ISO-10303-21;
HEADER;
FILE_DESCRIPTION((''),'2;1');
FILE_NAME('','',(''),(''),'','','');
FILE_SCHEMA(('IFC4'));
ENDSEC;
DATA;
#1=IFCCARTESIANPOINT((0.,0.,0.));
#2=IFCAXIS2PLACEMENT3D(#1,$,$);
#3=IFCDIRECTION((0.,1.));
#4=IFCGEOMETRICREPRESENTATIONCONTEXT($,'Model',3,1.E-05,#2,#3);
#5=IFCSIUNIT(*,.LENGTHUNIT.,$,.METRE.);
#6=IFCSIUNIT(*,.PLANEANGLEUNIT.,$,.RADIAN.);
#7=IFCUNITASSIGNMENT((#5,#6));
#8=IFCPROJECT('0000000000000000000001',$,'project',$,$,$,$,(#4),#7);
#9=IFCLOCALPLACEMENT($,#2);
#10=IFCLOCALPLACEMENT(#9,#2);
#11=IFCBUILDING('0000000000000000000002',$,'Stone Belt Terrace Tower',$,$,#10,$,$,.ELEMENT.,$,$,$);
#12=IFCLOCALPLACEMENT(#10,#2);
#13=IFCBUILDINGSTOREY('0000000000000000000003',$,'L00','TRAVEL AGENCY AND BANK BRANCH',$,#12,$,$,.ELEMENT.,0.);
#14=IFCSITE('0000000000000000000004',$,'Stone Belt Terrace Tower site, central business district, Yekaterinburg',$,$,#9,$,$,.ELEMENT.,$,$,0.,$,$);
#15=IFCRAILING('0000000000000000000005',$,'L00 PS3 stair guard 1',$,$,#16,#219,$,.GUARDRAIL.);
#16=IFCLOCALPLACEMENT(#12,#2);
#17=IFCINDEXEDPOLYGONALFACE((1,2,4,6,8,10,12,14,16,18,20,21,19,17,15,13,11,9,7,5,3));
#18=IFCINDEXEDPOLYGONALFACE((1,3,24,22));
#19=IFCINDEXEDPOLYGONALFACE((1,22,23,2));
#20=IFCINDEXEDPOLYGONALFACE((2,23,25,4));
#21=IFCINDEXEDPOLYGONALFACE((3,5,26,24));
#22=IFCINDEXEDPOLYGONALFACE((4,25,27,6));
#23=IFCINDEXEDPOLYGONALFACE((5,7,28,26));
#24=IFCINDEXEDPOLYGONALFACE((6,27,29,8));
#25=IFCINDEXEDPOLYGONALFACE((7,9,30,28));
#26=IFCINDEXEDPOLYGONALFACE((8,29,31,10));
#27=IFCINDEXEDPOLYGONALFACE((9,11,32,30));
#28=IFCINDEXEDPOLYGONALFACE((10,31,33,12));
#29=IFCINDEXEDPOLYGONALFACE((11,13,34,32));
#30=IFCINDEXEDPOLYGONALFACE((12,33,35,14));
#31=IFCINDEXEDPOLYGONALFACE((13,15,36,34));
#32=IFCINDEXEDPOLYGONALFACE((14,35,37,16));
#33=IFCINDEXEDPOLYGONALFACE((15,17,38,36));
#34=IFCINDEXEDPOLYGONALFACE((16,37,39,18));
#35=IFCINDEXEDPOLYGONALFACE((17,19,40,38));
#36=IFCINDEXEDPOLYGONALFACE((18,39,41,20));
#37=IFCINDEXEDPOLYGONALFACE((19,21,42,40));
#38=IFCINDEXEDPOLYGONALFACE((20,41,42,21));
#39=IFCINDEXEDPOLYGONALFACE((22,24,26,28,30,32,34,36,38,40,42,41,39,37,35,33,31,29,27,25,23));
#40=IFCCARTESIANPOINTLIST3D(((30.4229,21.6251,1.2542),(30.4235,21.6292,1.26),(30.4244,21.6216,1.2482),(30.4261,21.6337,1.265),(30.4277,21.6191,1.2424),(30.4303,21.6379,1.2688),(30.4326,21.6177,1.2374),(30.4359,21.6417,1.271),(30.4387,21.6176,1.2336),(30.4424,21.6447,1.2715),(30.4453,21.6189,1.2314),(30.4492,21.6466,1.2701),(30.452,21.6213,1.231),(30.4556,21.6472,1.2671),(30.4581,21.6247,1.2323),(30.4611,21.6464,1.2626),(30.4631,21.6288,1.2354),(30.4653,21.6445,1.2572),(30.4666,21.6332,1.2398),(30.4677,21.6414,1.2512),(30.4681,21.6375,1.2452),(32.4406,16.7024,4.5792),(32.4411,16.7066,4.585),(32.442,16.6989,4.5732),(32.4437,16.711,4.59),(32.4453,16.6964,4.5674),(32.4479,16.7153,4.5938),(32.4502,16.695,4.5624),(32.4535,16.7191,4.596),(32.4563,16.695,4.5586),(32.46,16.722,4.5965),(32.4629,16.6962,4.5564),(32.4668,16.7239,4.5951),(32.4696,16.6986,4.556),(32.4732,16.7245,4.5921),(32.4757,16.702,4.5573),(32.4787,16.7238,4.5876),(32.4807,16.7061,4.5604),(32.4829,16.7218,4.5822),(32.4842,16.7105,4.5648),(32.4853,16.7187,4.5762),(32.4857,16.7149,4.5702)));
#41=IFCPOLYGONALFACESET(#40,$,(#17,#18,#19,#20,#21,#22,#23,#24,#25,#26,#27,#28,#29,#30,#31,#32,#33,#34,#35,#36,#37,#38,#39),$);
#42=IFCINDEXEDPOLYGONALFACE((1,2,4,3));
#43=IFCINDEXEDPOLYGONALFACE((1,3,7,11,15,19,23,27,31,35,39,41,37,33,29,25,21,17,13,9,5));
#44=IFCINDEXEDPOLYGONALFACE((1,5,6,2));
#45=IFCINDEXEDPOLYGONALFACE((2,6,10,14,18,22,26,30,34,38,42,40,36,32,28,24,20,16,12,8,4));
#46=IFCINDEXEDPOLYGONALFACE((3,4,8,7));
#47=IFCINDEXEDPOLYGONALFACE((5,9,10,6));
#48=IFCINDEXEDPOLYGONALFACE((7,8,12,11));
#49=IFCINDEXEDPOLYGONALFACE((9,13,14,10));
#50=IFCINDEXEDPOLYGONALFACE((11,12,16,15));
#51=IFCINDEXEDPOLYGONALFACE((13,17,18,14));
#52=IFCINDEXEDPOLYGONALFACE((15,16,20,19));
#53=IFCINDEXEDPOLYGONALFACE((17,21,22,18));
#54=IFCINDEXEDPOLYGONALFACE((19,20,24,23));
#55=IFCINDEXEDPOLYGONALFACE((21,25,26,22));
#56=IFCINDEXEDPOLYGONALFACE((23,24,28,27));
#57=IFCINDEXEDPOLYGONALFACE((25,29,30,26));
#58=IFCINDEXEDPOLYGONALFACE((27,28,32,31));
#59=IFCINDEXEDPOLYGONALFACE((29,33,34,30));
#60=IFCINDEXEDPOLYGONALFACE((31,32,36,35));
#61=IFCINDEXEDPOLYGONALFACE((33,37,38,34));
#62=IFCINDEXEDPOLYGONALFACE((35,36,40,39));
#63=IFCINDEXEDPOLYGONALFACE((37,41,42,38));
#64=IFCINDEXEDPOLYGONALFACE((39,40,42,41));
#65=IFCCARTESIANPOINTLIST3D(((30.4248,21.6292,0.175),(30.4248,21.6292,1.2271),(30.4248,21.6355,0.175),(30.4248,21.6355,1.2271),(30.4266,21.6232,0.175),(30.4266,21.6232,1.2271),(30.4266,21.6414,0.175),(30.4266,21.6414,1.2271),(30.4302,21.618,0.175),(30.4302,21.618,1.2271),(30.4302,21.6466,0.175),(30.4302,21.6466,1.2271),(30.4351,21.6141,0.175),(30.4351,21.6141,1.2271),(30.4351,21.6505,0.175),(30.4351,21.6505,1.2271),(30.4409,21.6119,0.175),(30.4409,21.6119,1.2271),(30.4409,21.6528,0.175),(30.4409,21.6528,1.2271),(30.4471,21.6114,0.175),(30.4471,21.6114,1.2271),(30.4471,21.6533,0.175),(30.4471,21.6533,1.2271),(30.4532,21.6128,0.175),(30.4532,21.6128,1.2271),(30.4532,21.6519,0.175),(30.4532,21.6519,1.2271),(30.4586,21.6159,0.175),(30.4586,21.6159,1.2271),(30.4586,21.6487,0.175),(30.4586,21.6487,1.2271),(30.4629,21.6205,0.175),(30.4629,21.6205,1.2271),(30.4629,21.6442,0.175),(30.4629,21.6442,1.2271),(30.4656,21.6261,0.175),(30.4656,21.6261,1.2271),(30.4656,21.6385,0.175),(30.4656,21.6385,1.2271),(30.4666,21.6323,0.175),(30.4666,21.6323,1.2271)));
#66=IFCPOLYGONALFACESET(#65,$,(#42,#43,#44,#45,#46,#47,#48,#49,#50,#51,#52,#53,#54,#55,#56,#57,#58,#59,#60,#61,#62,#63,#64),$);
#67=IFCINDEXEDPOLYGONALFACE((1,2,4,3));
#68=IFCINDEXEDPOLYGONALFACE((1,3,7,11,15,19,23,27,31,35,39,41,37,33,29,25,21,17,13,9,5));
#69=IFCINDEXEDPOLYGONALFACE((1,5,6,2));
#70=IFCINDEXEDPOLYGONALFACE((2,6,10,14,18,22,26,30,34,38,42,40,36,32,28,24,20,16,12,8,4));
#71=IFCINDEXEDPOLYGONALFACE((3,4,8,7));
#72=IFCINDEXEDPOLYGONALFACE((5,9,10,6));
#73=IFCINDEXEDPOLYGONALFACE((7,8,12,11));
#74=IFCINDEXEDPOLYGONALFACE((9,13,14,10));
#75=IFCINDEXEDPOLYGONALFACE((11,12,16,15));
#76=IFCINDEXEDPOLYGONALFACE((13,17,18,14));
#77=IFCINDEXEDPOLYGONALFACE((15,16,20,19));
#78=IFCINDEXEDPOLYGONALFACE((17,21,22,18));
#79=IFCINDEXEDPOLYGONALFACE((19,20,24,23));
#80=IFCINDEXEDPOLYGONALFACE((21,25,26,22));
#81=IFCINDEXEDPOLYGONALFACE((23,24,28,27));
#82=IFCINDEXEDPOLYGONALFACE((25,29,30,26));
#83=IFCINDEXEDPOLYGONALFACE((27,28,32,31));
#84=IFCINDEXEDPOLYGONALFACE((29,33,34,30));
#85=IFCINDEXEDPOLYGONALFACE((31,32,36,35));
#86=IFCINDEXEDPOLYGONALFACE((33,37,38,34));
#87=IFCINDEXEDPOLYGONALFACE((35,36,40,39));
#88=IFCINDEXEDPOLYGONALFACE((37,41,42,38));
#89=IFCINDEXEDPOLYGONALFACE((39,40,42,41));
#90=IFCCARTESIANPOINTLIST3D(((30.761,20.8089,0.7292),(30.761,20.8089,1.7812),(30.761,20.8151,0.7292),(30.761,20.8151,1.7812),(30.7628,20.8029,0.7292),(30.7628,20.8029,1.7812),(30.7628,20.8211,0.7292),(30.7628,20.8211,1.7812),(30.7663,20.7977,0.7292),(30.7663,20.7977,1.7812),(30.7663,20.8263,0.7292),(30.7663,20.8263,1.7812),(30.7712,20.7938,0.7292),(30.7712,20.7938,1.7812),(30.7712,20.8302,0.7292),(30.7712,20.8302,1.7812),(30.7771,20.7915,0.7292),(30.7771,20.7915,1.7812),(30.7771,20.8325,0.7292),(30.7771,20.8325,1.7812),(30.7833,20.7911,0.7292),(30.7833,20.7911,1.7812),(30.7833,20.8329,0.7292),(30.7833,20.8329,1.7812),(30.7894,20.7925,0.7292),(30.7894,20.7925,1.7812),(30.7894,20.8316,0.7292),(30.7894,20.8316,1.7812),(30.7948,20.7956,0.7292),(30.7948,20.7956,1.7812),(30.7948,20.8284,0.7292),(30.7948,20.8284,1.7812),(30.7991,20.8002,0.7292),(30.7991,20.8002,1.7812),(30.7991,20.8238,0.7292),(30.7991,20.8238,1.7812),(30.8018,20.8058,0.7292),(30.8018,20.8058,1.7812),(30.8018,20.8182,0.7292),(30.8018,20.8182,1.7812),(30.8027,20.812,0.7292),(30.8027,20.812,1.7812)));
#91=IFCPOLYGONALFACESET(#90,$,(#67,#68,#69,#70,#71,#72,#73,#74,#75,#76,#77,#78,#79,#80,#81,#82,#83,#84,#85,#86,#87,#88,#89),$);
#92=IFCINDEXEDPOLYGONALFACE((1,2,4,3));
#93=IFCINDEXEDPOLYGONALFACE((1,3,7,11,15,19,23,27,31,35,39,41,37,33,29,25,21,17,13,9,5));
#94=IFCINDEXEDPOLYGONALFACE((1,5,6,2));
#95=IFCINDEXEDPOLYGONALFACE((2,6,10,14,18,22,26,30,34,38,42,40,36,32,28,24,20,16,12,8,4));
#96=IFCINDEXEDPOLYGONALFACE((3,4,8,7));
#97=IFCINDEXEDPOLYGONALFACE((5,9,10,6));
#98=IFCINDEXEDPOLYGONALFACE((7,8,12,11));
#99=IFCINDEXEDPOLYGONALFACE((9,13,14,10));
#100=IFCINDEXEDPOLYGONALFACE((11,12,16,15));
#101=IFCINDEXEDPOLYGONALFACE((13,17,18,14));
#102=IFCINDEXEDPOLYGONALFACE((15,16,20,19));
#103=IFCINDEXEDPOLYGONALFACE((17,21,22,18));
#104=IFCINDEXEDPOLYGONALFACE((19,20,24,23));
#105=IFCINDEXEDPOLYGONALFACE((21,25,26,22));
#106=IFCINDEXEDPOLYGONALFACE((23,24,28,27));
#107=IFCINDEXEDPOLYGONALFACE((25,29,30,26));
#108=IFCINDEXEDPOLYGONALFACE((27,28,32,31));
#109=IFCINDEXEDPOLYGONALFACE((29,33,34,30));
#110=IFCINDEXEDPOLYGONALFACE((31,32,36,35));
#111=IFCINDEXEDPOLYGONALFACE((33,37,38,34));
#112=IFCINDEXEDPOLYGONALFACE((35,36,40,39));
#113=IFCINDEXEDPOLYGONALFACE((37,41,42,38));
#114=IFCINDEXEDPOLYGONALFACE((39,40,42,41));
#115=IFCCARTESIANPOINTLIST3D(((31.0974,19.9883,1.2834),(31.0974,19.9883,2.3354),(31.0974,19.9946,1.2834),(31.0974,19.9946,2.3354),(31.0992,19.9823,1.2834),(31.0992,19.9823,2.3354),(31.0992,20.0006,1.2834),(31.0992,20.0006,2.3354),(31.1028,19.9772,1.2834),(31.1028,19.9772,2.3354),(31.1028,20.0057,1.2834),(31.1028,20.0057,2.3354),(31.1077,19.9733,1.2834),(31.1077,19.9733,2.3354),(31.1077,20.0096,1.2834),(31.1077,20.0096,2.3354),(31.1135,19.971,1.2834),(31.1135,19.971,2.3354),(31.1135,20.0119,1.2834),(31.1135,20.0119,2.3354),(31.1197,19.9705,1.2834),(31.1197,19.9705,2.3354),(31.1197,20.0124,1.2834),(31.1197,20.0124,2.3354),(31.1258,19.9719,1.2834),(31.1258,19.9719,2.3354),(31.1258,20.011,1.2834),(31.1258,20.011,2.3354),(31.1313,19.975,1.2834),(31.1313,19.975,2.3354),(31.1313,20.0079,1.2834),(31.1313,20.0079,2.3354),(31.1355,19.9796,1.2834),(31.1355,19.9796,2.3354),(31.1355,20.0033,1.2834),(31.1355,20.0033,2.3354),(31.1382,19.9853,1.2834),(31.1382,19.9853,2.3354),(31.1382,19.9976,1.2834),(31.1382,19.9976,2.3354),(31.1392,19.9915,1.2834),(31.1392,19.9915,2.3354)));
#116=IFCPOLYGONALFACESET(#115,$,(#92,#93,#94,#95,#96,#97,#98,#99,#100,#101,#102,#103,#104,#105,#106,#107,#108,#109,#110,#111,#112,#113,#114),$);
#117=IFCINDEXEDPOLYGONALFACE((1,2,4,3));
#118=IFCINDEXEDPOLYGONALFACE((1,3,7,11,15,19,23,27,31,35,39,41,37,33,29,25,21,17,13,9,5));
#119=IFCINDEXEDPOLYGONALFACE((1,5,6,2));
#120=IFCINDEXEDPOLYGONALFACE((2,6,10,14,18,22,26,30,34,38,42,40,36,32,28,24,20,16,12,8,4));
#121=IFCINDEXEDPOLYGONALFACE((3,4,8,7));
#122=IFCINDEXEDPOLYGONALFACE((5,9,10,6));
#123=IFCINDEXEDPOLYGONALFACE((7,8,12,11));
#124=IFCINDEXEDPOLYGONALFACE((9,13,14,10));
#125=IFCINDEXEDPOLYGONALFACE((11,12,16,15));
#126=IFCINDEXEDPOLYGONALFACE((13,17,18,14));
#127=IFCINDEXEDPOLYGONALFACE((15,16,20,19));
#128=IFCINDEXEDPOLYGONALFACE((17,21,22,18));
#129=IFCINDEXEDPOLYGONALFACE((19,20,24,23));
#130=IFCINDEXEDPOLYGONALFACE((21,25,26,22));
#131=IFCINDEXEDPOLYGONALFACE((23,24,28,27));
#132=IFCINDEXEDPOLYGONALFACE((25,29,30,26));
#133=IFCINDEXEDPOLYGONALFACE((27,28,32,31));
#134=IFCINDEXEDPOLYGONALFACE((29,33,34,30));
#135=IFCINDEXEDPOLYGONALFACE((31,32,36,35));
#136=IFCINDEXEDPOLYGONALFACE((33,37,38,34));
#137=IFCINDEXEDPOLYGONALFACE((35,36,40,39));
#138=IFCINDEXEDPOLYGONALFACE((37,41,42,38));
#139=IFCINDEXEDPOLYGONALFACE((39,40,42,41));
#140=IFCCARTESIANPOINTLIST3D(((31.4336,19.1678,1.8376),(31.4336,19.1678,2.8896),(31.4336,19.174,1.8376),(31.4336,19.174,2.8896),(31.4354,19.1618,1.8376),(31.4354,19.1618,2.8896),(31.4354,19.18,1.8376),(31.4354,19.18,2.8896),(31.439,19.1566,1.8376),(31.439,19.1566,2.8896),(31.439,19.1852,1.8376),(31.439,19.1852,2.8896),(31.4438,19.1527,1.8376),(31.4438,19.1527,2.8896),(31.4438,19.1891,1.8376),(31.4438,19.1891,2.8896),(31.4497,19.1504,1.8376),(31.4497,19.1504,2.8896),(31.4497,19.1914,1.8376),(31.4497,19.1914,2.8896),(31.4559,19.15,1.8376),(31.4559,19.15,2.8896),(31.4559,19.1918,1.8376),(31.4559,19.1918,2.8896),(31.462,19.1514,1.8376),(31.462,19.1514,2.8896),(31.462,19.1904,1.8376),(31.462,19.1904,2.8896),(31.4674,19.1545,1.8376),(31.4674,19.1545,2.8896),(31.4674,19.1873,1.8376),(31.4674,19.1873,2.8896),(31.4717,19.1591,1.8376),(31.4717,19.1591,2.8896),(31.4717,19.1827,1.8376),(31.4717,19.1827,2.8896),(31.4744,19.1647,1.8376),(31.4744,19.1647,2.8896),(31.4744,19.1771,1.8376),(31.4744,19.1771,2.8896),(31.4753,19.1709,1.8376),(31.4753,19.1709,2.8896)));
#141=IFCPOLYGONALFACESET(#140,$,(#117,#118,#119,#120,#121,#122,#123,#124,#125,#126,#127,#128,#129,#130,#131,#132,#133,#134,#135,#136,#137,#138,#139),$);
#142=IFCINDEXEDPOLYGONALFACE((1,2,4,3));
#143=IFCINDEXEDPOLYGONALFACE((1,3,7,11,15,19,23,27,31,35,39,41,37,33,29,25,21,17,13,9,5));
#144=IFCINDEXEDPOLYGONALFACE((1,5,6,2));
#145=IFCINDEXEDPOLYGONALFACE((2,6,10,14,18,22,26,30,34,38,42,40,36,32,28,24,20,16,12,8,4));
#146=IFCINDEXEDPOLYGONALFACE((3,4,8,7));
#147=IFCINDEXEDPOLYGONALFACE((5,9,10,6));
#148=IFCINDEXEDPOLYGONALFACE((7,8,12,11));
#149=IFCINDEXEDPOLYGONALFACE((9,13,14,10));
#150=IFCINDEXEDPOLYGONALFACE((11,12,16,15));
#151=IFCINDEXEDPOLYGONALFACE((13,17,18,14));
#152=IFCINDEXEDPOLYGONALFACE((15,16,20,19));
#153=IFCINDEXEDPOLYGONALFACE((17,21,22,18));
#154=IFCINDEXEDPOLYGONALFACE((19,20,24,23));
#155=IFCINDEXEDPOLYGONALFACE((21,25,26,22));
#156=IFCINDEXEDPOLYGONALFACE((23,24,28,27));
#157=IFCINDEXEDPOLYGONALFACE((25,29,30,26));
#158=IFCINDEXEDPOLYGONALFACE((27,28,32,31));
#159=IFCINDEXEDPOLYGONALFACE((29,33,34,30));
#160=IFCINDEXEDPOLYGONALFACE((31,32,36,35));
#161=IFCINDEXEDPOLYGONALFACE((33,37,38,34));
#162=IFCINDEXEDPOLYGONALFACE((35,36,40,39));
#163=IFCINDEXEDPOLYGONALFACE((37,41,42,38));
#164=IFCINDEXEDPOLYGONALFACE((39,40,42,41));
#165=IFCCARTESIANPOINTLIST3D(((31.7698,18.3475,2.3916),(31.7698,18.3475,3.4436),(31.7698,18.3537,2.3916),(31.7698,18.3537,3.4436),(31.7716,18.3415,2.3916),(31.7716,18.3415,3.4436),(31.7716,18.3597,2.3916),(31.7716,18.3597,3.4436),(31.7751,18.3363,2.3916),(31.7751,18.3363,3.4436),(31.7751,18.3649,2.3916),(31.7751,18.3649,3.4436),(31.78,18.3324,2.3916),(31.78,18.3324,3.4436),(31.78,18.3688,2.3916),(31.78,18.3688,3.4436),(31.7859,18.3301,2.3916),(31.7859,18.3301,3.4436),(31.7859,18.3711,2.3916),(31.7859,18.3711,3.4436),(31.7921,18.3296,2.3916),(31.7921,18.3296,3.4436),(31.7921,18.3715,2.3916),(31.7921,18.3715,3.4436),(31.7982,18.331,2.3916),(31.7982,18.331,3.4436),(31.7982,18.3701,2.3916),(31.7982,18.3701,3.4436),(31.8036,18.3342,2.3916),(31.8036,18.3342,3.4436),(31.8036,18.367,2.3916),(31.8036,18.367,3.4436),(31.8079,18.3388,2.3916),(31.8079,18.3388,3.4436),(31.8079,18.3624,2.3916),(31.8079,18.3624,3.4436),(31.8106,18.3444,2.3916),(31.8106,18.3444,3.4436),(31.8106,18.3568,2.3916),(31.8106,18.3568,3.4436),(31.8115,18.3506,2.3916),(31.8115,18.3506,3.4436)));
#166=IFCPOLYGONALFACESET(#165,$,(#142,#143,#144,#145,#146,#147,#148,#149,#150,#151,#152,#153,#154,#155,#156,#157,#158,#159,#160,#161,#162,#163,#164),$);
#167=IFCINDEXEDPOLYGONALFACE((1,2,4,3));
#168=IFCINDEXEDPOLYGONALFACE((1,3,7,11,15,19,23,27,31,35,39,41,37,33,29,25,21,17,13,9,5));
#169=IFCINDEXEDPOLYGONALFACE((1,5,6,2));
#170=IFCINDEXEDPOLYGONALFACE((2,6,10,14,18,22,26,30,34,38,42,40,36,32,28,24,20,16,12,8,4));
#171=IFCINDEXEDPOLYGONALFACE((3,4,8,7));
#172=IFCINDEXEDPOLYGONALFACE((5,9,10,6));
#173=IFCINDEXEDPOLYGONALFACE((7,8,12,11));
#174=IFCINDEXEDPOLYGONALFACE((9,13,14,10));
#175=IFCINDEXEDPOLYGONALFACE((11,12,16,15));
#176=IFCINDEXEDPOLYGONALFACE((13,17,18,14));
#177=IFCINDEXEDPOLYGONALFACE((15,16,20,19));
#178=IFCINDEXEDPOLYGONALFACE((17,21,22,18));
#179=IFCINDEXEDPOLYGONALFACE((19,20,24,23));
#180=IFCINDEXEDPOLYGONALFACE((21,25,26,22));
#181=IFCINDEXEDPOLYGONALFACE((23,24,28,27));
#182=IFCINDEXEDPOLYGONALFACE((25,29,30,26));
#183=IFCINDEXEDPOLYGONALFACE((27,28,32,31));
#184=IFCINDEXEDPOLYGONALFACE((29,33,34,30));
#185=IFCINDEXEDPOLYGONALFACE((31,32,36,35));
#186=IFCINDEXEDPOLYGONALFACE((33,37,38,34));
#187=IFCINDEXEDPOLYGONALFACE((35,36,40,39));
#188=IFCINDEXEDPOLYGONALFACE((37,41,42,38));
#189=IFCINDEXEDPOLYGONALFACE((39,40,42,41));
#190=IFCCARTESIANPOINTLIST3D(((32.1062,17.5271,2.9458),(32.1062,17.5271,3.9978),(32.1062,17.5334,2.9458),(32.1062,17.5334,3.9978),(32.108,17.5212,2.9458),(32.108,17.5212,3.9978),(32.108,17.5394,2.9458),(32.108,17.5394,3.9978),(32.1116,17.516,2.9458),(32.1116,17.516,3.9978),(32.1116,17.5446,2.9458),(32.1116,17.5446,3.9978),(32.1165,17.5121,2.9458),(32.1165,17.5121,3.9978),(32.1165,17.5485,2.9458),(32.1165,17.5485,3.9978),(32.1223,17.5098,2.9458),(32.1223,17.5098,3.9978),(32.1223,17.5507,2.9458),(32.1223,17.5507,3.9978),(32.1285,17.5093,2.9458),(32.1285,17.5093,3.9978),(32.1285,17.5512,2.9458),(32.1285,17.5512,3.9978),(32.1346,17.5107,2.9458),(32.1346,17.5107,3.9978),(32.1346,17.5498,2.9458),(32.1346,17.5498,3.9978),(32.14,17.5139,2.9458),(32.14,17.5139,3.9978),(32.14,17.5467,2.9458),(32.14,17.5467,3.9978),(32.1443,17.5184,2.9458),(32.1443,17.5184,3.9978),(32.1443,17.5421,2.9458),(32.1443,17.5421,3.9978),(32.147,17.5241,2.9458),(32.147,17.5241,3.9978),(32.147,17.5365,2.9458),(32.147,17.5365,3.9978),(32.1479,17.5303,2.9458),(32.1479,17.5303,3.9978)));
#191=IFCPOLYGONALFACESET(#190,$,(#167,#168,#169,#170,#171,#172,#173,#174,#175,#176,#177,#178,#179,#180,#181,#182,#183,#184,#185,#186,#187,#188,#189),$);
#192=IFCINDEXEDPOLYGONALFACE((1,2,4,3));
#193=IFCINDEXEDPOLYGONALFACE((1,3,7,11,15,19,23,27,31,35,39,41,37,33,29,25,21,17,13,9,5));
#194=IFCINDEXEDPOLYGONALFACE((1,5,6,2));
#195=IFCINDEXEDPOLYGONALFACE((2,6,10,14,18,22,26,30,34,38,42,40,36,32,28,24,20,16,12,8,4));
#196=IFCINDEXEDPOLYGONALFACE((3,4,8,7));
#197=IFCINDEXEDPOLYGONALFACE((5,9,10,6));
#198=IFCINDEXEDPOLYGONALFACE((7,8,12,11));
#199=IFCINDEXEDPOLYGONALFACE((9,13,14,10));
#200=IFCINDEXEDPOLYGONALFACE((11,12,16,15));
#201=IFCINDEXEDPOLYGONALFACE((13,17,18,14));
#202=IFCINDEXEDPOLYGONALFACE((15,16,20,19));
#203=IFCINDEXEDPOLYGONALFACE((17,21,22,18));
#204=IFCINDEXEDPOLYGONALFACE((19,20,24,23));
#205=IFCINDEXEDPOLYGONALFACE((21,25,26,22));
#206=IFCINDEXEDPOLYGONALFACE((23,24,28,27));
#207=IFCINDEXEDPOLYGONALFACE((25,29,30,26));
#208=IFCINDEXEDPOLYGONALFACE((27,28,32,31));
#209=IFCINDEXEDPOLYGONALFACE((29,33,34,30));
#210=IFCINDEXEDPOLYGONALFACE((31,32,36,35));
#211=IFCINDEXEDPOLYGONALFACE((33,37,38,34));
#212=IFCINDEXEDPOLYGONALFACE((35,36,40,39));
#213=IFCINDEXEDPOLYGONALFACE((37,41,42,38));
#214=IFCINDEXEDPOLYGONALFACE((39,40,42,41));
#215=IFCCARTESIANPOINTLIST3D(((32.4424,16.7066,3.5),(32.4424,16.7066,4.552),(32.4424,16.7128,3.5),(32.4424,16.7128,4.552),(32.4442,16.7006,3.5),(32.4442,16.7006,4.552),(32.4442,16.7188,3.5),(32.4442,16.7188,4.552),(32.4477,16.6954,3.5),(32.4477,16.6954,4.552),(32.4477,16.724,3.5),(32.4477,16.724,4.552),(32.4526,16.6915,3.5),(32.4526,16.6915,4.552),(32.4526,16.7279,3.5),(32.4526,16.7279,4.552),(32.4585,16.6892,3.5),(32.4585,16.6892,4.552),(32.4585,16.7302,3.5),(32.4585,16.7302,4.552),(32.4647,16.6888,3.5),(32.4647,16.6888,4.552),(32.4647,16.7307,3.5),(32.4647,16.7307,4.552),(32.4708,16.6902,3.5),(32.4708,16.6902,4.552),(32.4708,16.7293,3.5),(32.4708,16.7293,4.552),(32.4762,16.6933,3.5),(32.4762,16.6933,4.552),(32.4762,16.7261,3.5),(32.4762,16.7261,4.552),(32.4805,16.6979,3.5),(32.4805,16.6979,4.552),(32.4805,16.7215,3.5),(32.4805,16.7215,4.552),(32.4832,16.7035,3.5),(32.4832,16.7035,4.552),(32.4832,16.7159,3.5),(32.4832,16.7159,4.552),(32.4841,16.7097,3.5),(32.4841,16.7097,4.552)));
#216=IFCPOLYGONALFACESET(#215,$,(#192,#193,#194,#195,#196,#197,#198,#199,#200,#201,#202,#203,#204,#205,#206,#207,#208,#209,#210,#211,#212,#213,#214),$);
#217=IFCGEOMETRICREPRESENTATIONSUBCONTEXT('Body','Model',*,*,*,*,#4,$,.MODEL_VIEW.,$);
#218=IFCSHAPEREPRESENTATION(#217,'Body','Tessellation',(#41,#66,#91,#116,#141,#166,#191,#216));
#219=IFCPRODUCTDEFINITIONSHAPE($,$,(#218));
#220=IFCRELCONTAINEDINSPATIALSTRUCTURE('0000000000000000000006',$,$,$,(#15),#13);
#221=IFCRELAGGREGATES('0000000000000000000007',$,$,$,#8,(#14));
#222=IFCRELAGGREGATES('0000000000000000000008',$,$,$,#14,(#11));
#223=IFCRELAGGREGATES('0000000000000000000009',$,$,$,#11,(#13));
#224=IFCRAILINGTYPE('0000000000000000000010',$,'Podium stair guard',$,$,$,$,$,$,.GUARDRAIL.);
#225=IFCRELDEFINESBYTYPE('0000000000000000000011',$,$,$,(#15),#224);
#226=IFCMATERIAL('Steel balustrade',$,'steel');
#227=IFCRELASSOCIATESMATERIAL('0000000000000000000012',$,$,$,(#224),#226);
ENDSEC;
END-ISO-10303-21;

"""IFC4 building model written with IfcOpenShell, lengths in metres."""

from ifc_helpers import new_model, si_unit, direction, frame, origin, origin_2d, place, context, subcontext, project, spatial, circle, extrude, material, type_object, element, save


model = new_model("IFC4")

# Units and contexts
model_context = context("Model", 3, precision=1e-05, world=origin(), true_north=direction((0.0, 1.0)))
body_context = subcontext(model_context, "Body", "Model", "MODEL_VIEW")
ifc_project = project(units=[si_unit("LENGTHUNIT", "METRE"), si_unit("PLANEANGLEUNIT", "RADIAN")], contexts=[model_context])

# Site, building, storey
site_placement = place(None, origin())
site = spatial("IfcSite", under=ifc_project, at=site_placement, Name="Stone Belt Terrace Tower site, central business district, Yekaterinburg", CompositionType="ELEMENT", RefElevation=0.0)
building_placement = place(site_placement, origin())
building = spatial("IfcBuilding", under=site, at=building_placement, Name="Stone Belt Terrace Tower", CompositionType="ELEMENT")
storey_placement = place(building_placement, origin())
storey = spatial("IfcBuildingStorey", under=building, at=storey_placement, Name="L00", Description="TRAVEL AGENCY AND BANK BRANCH", CompositionType="ELEMENT", Elevation=0.0)

# Railing
ifc_material_1 = material(Name="Steel balustrade", Category="steel")
railing_type_1 = type_object("IfcRailingType", Name="Podium stair guard", PredefinedType="GUARDRAIL", material=ifc_material_1)
railing_1_placement = place(storey_placement, frame((30.4456, 21.6323, 0.175)))
element("IfcRailing", 1, at=railing_1_placement, inside=storey, type_object=railing_type_1, Name="L00 PS3 stair guard 1", PredefinedType="GUARDRAIL", context=body_context, shape_type="SweptSolid", body=[
    extrude(circle(Radius=0.0239, at=origin_2d()), frame((0.0, 0.0, 1.0762), z_axis=(0.321598, -0.784655, 0.529991), x_axis=(0.925297, 0.379242, 0.0)), (0.0, 0.0, 1.0), 6.2737),
    extrude(circle(Radius=0.021, at=origin_2d()), origin(), (0.0, 0.0, 1.0), 1.052),
    extrude(circle(Radius=0.021, at=origin_2d()), frame((0.3362, -0.8203, 0.5542)), (0.0, 0.0, 1.0), 1.052),
    extrude(circle(Radius=0.021, at=origin_2d()), frame((0.6726, -1.6409, 1.1084)), (0.0, 0.0, 1.0), 1.052),
    extrude(circle(Radius=0.021, at=origin_2d()), frame((1.0088, -2.4614, 1.6626)), (0.0, 0.0, 1.0), 1.052),
    extrude(circle(Radius=0.021, at=origin_2d()), frame((1.345, -3.2817, 2.2166)), (0.0, 0.0, 1.0), 1.052),
    extrude(circle(Radius=0.021, at=origin_2d()), frame((1.6814, -4.1021, 2.7708)), (0.0, 0.0, 1.0), 1.052),
    extrude(circle(Radius=0.021, at=origin_2d()), frame((2.0176, -4.9226, 3.325)), (0.0, 0.0, 1.0), 1.052),
])

save(model, "model.ifc")
